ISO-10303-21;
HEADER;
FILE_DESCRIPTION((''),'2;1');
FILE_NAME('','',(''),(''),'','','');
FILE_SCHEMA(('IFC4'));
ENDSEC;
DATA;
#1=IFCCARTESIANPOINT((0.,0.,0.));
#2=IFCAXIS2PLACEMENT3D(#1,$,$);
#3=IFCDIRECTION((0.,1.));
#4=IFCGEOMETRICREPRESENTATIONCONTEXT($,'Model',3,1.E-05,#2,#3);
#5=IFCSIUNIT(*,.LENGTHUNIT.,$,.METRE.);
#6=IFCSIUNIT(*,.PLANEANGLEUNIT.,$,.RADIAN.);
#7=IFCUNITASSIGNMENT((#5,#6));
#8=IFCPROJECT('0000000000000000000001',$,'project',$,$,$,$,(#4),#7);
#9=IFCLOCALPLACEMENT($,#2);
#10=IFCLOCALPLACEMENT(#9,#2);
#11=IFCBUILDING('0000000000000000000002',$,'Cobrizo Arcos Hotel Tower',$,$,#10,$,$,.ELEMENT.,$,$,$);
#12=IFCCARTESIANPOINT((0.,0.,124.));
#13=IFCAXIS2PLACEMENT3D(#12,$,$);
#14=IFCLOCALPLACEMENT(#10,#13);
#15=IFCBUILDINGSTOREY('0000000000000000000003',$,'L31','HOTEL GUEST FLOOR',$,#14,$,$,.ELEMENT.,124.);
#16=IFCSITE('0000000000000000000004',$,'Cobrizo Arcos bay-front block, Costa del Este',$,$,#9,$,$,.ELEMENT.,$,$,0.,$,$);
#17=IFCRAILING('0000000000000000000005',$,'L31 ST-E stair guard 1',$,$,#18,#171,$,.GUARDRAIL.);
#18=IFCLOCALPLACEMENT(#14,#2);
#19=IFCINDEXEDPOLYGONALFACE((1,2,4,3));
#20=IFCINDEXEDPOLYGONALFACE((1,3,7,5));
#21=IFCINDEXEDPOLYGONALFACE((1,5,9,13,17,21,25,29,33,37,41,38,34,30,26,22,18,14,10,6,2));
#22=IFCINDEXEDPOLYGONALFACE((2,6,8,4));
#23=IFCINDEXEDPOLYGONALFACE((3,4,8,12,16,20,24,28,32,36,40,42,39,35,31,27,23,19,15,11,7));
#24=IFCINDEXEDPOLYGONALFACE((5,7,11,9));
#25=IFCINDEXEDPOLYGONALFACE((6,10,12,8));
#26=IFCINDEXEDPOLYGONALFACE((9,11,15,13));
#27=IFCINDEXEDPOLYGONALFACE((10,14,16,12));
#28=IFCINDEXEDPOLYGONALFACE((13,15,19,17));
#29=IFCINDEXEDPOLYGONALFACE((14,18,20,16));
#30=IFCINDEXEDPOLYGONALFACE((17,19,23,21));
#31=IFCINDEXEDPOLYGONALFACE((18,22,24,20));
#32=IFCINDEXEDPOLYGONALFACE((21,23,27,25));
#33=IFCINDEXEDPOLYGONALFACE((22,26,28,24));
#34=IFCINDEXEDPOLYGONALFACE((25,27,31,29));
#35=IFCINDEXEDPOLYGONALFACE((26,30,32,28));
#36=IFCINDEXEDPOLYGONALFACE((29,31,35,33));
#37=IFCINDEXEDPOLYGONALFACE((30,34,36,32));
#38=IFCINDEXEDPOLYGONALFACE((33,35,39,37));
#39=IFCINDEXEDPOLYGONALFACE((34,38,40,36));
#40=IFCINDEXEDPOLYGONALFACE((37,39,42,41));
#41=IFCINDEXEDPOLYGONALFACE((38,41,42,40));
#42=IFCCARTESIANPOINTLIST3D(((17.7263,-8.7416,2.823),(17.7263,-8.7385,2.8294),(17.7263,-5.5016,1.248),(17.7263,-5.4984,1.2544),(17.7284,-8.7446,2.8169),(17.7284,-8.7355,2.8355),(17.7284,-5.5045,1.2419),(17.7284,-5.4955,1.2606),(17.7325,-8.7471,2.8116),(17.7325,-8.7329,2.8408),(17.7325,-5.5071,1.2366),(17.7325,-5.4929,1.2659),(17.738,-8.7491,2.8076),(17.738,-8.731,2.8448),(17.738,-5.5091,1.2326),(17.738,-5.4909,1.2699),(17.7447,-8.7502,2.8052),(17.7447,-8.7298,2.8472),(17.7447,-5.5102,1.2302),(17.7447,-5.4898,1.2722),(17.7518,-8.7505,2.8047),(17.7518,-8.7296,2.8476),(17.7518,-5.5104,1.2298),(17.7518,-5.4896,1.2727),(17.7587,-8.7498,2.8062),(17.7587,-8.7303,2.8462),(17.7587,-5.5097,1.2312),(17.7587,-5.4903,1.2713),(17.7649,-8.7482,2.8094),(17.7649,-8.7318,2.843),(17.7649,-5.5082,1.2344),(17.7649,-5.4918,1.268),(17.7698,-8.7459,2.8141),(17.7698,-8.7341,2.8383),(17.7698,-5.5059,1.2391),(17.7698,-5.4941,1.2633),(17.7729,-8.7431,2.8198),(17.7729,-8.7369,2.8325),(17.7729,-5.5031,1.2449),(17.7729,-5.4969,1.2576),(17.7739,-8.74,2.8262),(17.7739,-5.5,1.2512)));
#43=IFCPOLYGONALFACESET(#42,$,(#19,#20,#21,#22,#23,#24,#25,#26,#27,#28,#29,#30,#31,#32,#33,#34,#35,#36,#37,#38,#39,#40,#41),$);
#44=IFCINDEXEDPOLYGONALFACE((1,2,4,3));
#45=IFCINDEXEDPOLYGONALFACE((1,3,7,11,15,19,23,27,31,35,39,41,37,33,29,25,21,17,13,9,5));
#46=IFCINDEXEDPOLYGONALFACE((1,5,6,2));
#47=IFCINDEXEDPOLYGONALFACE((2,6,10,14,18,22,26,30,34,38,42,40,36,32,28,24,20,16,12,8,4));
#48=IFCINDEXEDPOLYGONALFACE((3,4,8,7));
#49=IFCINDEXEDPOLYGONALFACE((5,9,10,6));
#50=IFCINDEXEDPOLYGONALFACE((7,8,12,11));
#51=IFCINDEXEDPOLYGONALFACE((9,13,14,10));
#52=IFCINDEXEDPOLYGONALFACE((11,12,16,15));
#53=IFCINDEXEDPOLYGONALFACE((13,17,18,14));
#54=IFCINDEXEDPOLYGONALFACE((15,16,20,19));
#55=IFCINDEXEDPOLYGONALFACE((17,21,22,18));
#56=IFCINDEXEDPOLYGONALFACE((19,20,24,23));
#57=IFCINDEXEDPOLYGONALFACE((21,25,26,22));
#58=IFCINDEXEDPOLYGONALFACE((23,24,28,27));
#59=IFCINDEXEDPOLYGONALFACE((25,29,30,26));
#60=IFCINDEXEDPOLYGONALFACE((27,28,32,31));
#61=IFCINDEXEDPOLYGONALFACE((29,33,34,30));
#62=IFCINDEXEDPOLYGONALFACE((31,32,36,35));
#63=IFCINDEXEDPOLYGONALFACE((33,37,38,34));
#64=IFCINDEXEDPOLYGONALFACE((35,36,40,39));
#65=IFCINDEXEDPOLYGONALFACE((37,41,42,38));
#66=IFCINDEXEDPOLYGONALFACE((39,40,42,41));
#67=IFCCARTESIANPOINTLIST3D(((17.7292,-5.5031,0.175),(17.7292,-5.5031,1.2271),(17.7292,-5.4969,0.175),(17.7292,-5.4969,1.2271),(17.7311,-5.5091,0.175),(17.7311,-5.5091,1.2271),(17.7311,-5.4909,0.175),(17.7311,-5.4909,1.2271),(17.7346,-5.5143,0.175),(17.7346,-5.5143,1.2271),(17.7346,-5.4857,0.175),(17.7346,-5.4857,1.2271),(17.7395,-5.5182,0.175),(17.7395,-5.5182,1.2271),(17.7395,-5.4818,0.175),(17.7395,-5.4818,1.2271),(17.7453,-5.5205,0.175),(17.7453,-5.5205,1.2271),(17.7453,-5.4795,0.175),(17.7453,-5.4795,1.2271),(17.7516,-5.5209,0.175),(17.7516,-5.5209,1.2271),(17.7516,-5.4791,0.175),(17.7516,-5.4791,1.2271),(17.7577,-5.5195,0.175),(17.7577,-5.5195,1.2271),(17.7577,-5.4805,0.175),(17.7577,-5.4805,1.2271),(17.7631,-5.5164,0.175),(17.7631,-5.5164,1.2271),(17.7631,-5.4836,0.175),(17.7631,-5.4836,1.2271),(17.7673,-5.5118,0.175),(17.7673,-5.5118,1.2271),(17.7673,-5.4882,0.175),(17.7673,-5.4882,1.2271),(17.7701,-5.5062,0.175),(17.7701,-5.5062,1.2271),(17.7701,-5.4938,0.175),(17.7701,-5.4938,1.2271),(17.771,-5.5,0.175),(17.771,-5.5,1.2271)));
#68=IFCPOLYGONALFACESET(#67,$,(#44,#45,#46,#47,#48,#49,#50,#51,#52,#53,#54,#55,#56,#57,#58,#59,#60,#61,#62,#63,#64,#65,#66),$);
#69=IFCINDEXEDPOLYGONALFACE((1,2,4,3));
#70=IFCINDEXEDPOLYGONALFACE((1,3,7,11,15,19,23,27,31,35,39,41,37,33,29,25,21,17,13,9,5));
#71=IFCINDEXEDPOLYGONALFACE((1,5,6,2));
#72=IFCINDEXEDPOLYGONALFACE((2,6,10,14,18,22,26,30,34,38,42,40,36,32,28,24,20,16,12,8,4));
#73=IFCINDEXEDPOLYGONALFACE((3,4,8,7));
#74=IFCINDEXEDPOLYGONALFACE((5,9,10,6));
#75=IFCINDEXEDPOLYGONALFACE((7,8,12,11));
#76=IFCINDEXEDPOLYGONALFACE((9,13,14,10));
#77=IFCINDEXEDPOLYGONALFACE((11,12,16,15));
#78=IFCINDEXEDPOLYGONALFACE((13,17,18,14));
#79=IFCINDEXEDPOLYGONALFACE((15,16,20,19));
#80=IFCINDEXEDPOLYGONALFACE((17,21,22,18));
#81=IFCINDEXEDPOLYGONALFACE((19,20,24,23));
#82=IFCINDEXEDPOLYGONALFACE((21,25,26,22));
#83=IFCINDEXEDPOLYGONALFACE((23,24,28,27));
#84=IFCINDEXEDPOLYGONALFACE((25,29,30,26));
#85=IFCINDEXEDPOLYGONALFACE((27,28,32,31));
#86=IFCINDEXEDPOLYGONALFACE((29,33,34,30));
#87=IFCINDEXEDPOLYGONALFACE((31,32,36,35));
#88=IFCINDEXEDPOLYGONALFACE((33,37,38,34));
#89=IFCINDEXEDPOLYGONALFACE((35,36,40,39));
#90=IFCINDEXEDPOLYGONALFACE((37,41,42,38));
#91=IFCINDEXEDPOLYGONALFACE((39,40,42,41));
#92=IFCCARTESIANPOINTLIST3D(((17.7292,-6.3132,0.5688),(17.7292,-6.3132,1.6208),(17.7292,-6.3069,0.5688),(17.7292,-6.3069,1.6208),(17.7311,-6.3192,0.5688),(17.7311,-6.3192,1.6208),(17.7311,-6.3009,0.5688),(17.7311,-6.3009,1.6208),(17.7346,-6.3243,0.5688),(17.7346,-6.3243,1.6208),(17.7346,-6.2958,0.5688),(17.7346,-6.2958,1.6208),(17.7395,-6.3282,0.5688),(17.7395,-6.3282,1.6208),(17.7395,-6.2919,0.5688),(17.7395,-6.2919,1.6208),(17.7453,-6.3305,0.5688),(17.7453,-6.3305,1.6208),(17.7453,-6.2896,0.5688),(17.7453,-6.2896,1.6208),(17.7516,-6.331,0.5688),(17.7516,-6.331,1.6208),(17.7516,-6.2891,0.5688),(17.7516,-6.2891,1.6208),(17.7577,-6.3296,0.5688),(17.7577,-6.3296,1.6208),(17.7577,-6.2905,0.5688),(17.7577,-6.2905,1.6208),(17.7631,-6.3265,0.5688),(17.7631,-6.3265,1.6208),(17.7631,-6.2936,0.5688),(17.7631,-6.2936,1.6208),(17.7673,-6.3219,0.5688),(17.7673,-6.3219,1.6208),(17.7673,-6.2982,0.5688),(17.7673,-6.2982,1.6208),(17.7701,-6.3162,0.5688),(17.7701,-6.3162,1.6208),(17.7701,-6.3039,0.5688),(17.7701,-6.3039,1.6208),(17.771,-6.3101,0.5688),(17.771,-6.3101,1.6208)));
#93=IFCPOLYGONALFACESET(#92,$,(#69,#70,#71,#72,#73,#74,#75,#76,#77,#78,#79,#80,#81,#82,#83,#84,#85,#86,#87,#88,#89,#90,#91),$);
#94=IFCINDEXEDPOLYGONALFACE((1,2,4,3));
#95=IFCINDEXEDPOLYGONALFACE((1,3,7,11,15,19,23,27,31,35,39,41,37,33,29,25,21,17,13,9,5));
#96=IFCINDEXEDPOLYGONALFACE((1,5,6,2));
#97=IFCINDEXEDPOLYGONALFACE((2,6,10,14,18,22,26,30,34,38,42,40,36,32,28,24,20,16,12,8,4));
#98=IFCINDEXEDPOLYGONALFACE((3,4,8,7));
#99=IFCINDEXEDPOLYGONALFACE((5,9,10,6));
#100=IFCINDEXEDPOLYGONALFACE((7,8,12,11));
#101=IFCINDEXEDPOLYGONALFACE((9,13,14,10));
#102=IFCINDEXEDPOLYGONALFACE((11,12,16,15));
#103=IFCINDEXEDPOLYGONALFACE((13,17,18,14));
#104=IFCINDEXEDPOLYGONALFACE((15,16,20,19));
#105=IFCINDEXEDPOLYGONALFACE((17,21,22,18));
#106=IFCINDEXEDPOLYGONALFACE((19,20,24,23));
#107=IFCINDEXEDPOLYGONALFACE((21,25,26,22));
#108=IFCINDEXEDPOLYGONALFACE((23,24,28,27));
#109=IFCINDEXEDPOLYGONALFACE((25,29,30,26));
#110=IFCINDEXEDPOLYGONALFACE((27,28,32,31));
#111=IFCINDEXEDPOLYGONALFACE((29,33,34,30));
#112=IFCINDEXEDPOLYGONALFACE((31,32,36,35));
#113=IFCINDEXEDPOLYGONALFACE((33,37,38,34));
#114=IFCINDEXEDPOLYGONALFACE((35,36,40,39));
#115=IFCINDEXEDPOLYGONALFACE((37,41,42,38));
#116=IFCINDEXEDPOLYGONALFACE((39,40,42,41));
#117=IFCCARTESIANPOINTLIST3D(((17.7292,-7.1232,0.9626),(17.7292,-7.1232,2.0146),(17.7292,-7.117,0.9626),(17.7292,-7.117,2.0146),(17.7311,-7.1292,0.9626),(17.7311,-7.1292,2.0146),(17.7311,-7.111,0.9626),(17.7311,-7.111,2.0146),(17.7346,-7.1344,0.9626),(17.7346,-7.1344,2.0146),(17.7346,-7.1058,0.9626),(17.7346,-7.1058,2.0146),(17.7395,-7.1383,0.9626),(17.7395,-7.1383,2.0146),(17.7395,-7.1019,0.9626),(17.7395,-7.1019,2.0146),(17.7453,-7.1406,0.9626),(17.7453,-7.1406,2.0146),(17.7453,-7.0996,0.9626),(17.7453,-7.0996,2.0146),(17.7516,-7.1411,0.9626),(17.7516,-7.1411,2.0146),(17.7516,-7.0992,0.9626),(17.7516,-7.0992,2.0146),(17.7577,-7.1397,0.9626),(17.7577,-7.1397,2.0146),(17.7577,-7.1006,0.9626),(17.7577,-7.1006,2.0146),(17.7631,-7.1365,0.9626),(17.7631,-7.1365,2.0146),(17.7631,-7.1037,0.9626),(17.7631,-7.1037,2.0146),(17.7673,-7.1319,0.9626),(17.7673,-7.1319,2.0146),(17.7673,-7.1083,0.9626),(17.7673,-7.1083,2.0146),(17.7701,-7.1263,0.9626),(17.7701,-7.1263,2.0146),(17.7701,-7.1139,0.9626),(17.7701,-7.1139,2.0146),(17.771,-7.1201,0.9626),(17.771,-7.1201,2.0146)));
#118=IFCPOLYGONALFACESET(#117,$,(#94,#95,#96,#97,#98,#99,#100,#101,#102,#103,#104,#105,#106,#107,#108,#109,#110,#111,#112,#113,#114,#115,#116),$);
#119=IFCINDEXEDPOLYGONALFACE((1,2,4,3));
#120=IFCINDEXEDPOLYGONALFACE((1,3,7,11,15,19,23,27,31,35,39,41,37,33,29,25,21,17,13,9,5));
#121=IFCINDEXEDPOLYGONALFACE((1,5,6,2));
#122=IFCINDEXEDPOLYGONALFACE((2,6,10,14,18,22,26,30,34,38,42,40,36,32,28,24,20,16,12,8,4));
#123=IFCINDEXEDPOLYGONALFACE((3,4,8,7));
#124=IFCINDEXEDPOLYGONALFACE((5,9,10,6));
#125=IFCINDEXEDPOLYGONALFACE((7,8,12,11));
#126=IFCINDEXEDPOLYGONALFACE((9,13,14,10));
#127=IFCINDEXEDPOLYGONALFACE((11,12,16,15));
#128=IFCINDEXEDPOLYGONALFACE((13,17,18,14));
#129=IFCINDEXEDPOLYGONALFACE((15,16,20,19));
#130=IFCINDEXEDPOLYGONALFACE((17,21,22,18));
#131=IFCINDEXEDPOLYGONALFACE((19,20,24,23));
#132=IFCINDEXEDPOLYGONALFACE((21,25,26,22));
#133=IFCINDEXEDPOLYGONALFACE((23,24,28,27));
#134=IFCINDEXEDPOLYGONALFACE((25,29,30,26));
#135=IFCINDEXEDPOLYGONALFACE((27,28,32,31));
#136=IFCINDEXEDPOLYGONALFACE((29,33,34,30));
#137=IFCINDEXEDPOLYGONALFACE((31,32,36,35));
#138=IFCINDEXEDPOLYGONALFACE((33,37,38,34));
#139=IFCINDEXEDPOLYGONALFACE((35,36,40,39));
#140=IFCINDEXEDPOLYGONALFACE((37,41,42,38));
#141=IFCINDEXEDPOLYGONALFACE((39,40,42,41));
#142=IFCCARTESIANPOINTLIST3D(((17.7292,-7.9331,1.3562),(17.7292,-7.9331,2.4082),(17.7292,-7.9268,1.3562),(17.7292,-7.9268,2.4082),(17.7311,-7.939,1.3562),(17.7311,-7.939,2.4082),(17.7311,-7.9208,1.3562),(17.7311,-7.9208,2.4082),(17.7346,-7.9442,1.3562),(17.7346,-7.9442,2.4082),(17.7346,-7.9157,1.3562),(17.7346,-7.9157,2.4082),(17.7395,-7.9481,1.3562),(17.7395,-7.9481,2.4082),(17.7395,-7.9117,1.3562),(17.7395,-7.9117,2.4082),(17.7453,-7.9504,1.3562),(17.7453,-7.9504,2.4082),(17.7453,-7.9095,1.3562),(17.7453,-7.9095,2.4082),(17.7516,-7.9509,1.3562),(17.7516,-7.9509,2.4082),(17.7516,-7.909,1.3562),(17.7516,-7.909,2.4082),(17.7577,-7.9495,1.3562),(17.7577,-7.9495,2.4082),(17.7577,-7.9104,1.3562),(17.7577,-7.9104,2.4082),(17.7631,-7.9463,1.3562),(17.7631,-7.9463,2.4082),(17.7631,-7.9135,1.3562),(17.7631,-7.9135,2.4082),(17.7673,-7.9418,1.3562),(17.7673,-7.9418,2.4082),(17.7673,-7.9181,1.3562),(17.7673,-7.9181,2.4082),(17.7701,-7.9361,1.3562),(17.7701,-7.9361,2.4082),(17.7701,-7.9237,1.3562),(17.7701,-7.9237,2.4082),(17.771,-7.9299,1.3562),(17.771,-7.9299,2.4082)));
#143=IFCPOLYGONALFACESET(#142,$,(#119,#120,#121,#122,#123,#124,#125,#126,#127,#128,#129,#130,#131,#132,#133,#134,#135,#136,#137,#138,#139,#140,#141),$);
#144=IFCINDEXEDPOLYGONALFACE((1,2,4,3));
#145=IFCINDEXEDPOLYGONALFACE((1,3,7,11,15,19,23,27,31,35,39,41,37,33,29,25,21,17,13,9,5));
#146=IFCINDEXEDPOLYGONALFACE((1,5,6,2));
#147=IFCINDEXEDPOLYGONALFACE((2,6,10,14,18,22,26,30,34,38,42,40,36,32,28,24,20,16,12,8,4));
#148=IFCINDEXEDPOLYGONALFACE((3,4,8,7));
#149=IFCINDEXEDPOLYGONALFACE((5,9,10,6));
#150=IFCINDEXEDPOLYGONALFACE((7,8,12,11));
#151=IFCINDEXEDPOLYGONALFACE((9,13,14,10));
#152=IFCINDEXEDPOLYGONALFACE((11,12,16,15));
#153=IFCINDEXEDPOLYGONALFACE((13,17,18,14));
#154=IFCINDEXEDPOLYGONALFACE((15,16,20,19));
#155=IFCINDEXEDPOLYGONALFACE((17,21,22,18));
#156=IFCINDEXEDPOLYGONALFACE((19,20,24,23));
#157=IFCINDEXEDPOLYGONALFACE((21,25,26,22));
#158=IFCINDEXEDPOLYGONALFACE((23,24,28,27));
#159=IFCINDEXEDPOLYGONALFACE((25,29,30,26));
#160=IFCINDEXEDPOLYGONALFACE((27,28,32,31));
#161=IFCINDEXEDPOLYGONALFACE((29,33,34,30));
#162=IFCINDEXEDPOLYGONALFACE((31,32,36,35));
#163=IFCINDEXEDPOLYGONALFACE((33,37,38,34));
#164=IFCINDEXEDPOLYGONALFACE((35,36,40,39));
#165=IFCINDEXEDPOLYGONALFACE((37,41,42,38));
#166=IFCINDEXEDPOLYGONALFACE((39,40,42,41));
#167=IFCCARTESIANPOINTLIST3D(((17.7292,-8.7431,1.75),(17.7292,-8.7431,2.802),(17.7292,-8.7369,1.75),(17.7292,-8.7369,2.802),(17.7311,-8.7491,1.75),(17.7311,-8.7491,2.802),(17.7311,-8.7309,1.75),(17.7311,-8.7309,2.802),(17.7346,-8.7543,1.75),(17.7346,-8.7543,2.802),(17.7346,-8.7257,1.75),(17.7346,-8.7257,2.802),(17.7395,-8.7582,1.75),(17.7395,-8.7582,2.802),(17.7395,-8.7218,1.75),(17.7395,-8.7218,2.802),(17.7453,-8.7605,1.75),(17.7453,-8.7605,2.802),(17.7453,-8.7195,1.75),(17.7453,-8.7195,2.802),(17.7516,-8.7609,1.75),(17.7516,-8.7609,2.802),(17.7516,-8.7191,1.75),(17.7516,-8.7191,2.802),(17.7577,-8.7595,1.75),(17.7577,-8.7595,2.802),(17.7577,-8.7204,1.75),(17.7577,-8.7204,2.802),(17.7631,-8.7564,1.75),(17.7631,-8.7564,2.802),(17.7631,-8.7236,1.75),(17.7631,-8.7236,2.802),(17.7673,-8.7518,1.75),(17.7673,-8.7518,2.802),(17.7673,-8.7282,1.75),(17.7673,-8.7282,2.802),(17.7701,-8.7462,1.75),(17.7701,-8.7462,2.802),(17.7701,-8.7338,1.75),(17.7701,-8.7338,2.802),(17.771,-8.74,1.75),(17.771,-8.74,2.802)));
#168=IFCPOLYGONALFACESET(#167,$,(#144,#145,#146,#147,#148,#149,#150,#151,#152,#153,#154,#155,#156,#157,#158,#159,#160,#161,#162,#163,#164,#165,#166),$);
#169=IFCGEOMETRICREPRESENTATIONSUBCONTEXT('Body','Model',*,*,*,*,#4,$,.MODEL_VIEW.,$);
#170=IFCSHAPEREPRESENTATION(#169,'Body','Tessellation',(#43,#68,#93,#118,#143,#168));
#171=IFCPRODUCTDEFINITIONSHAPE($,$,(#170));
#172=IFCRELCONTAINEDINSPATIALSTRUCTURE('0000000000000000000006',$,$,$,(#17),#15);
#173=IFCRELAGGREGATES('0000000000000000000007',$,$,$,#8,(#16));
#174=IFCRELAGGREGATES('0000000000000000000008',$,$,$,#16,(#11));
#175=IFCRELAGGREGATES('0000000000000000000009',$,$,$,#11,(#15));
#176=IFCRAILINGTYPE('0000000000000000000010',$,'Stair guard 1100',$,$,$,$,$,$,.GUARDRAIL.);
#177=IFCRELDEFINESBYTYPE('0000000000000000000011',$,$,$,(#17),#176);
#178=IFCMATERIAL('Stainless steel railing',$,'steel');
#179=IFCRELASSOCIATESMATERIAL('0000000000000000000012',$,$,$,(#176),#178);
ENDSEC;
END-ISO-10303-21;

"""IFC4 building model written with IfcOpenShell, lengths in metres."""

from ifc_helpers import new_model, si_unit, direction, frame, origin, origin_2d, place, context, subcontext, project, spatial, circle, extrude, material, type_object, element, save


model = new_model("IFC4")

# Units and contexts
model_context = context("Model", 3, precision=1e-05, world=origin(), true_north=direction((0.0, 1.0)))
body_context = subcontext(model_context, "Body", "Model", "MODEL_VIEW")
ifc_project = project(units=[si_unit("LENGTHUNIT", "METRE"), si_unit("PLANEANGLEUNIT", "RADIAN")], contexts=[model_context])

# Site, building, storey
site_placement = place(None, origin())
site = spatial("IfcSite", under=ifc_project, at=site_placement, Name="Cobrizo Arcos bay-front block, Costa del Este", CompositionType="ELEMENT", RefElevation=0.0)
building_placement = place(site_placement, origin())
building = spatial("IfcBuilding", under=site, at=building_placement, Name="Cobrizo Arcos Hotel Tower", CompositionType="ELEMENT")
storey_placement = place(building_placement, frame((0.0, 0.0, 124.0)))
storey = spatial("IfcBuildingStorey", under=building, at=storey_placement, Name="L31", Description="HOTEL GUEST FLOOR", CompositionType="ELEMENT", Elevation=124.0)

# Railing
ifc_material_1 = material(Name="Stainless steel railing", Category="steel")
railing_type_1 = type_object("IfcRailingType", Name="Stair guard 1100", PredefinedType="GUARDRAIL", material=ifc_material_1)
railing_1_placement = place(storey_placement, frame((17.75, -5.5, 0.175)))
element("IfcRailing", 1, at=railing_1_placement, inside=storey, type_object=railing_type_1, Name="L31 ST-E stair guard 1", PredefinedType="GUARDRAIL", context=body_context, shape_type="SweptSolid", body=[
    extrude(circle(Radius=0.0239, at=origin_2d()), frame((0.0, 0.0, 1.0762), z_axis=(0.0, -0.899373, 0.437183), x_axis=(1.0, 0.0, 0.0)), (0.0, 0.0, 1.0), 3.6025),
    extrude(circle(Radius=0.021, at=origin_2d()), origin(), (0.0, 0.0, 1.0), 1.052),
    extrude(circle(Radius=0.021, at=origin_2d()), frame((0.0, -0.8101, 0.3938)), (0.0, 0.0, 1.0), 1.052),
    extrude(circle(Radius=0.021, at=origin_2d()), frame((0.0, -1.6201, 0.7876)), (0.0, 0.0, 1.0), 1.052),
    extrude(circle(Radius=0.021, at=origin_2d()), frame((0.0, -2.4299, 1.1812)), (0.0, 0.0, 1.0), 1.052),
    extrude(circle(Radius=0.021, at=origin_2d()), frame((0.0, -3.24, 1.575)), (0.0, 0.0, 1.0), 1.052),
])

save(model, "model.ifc")
